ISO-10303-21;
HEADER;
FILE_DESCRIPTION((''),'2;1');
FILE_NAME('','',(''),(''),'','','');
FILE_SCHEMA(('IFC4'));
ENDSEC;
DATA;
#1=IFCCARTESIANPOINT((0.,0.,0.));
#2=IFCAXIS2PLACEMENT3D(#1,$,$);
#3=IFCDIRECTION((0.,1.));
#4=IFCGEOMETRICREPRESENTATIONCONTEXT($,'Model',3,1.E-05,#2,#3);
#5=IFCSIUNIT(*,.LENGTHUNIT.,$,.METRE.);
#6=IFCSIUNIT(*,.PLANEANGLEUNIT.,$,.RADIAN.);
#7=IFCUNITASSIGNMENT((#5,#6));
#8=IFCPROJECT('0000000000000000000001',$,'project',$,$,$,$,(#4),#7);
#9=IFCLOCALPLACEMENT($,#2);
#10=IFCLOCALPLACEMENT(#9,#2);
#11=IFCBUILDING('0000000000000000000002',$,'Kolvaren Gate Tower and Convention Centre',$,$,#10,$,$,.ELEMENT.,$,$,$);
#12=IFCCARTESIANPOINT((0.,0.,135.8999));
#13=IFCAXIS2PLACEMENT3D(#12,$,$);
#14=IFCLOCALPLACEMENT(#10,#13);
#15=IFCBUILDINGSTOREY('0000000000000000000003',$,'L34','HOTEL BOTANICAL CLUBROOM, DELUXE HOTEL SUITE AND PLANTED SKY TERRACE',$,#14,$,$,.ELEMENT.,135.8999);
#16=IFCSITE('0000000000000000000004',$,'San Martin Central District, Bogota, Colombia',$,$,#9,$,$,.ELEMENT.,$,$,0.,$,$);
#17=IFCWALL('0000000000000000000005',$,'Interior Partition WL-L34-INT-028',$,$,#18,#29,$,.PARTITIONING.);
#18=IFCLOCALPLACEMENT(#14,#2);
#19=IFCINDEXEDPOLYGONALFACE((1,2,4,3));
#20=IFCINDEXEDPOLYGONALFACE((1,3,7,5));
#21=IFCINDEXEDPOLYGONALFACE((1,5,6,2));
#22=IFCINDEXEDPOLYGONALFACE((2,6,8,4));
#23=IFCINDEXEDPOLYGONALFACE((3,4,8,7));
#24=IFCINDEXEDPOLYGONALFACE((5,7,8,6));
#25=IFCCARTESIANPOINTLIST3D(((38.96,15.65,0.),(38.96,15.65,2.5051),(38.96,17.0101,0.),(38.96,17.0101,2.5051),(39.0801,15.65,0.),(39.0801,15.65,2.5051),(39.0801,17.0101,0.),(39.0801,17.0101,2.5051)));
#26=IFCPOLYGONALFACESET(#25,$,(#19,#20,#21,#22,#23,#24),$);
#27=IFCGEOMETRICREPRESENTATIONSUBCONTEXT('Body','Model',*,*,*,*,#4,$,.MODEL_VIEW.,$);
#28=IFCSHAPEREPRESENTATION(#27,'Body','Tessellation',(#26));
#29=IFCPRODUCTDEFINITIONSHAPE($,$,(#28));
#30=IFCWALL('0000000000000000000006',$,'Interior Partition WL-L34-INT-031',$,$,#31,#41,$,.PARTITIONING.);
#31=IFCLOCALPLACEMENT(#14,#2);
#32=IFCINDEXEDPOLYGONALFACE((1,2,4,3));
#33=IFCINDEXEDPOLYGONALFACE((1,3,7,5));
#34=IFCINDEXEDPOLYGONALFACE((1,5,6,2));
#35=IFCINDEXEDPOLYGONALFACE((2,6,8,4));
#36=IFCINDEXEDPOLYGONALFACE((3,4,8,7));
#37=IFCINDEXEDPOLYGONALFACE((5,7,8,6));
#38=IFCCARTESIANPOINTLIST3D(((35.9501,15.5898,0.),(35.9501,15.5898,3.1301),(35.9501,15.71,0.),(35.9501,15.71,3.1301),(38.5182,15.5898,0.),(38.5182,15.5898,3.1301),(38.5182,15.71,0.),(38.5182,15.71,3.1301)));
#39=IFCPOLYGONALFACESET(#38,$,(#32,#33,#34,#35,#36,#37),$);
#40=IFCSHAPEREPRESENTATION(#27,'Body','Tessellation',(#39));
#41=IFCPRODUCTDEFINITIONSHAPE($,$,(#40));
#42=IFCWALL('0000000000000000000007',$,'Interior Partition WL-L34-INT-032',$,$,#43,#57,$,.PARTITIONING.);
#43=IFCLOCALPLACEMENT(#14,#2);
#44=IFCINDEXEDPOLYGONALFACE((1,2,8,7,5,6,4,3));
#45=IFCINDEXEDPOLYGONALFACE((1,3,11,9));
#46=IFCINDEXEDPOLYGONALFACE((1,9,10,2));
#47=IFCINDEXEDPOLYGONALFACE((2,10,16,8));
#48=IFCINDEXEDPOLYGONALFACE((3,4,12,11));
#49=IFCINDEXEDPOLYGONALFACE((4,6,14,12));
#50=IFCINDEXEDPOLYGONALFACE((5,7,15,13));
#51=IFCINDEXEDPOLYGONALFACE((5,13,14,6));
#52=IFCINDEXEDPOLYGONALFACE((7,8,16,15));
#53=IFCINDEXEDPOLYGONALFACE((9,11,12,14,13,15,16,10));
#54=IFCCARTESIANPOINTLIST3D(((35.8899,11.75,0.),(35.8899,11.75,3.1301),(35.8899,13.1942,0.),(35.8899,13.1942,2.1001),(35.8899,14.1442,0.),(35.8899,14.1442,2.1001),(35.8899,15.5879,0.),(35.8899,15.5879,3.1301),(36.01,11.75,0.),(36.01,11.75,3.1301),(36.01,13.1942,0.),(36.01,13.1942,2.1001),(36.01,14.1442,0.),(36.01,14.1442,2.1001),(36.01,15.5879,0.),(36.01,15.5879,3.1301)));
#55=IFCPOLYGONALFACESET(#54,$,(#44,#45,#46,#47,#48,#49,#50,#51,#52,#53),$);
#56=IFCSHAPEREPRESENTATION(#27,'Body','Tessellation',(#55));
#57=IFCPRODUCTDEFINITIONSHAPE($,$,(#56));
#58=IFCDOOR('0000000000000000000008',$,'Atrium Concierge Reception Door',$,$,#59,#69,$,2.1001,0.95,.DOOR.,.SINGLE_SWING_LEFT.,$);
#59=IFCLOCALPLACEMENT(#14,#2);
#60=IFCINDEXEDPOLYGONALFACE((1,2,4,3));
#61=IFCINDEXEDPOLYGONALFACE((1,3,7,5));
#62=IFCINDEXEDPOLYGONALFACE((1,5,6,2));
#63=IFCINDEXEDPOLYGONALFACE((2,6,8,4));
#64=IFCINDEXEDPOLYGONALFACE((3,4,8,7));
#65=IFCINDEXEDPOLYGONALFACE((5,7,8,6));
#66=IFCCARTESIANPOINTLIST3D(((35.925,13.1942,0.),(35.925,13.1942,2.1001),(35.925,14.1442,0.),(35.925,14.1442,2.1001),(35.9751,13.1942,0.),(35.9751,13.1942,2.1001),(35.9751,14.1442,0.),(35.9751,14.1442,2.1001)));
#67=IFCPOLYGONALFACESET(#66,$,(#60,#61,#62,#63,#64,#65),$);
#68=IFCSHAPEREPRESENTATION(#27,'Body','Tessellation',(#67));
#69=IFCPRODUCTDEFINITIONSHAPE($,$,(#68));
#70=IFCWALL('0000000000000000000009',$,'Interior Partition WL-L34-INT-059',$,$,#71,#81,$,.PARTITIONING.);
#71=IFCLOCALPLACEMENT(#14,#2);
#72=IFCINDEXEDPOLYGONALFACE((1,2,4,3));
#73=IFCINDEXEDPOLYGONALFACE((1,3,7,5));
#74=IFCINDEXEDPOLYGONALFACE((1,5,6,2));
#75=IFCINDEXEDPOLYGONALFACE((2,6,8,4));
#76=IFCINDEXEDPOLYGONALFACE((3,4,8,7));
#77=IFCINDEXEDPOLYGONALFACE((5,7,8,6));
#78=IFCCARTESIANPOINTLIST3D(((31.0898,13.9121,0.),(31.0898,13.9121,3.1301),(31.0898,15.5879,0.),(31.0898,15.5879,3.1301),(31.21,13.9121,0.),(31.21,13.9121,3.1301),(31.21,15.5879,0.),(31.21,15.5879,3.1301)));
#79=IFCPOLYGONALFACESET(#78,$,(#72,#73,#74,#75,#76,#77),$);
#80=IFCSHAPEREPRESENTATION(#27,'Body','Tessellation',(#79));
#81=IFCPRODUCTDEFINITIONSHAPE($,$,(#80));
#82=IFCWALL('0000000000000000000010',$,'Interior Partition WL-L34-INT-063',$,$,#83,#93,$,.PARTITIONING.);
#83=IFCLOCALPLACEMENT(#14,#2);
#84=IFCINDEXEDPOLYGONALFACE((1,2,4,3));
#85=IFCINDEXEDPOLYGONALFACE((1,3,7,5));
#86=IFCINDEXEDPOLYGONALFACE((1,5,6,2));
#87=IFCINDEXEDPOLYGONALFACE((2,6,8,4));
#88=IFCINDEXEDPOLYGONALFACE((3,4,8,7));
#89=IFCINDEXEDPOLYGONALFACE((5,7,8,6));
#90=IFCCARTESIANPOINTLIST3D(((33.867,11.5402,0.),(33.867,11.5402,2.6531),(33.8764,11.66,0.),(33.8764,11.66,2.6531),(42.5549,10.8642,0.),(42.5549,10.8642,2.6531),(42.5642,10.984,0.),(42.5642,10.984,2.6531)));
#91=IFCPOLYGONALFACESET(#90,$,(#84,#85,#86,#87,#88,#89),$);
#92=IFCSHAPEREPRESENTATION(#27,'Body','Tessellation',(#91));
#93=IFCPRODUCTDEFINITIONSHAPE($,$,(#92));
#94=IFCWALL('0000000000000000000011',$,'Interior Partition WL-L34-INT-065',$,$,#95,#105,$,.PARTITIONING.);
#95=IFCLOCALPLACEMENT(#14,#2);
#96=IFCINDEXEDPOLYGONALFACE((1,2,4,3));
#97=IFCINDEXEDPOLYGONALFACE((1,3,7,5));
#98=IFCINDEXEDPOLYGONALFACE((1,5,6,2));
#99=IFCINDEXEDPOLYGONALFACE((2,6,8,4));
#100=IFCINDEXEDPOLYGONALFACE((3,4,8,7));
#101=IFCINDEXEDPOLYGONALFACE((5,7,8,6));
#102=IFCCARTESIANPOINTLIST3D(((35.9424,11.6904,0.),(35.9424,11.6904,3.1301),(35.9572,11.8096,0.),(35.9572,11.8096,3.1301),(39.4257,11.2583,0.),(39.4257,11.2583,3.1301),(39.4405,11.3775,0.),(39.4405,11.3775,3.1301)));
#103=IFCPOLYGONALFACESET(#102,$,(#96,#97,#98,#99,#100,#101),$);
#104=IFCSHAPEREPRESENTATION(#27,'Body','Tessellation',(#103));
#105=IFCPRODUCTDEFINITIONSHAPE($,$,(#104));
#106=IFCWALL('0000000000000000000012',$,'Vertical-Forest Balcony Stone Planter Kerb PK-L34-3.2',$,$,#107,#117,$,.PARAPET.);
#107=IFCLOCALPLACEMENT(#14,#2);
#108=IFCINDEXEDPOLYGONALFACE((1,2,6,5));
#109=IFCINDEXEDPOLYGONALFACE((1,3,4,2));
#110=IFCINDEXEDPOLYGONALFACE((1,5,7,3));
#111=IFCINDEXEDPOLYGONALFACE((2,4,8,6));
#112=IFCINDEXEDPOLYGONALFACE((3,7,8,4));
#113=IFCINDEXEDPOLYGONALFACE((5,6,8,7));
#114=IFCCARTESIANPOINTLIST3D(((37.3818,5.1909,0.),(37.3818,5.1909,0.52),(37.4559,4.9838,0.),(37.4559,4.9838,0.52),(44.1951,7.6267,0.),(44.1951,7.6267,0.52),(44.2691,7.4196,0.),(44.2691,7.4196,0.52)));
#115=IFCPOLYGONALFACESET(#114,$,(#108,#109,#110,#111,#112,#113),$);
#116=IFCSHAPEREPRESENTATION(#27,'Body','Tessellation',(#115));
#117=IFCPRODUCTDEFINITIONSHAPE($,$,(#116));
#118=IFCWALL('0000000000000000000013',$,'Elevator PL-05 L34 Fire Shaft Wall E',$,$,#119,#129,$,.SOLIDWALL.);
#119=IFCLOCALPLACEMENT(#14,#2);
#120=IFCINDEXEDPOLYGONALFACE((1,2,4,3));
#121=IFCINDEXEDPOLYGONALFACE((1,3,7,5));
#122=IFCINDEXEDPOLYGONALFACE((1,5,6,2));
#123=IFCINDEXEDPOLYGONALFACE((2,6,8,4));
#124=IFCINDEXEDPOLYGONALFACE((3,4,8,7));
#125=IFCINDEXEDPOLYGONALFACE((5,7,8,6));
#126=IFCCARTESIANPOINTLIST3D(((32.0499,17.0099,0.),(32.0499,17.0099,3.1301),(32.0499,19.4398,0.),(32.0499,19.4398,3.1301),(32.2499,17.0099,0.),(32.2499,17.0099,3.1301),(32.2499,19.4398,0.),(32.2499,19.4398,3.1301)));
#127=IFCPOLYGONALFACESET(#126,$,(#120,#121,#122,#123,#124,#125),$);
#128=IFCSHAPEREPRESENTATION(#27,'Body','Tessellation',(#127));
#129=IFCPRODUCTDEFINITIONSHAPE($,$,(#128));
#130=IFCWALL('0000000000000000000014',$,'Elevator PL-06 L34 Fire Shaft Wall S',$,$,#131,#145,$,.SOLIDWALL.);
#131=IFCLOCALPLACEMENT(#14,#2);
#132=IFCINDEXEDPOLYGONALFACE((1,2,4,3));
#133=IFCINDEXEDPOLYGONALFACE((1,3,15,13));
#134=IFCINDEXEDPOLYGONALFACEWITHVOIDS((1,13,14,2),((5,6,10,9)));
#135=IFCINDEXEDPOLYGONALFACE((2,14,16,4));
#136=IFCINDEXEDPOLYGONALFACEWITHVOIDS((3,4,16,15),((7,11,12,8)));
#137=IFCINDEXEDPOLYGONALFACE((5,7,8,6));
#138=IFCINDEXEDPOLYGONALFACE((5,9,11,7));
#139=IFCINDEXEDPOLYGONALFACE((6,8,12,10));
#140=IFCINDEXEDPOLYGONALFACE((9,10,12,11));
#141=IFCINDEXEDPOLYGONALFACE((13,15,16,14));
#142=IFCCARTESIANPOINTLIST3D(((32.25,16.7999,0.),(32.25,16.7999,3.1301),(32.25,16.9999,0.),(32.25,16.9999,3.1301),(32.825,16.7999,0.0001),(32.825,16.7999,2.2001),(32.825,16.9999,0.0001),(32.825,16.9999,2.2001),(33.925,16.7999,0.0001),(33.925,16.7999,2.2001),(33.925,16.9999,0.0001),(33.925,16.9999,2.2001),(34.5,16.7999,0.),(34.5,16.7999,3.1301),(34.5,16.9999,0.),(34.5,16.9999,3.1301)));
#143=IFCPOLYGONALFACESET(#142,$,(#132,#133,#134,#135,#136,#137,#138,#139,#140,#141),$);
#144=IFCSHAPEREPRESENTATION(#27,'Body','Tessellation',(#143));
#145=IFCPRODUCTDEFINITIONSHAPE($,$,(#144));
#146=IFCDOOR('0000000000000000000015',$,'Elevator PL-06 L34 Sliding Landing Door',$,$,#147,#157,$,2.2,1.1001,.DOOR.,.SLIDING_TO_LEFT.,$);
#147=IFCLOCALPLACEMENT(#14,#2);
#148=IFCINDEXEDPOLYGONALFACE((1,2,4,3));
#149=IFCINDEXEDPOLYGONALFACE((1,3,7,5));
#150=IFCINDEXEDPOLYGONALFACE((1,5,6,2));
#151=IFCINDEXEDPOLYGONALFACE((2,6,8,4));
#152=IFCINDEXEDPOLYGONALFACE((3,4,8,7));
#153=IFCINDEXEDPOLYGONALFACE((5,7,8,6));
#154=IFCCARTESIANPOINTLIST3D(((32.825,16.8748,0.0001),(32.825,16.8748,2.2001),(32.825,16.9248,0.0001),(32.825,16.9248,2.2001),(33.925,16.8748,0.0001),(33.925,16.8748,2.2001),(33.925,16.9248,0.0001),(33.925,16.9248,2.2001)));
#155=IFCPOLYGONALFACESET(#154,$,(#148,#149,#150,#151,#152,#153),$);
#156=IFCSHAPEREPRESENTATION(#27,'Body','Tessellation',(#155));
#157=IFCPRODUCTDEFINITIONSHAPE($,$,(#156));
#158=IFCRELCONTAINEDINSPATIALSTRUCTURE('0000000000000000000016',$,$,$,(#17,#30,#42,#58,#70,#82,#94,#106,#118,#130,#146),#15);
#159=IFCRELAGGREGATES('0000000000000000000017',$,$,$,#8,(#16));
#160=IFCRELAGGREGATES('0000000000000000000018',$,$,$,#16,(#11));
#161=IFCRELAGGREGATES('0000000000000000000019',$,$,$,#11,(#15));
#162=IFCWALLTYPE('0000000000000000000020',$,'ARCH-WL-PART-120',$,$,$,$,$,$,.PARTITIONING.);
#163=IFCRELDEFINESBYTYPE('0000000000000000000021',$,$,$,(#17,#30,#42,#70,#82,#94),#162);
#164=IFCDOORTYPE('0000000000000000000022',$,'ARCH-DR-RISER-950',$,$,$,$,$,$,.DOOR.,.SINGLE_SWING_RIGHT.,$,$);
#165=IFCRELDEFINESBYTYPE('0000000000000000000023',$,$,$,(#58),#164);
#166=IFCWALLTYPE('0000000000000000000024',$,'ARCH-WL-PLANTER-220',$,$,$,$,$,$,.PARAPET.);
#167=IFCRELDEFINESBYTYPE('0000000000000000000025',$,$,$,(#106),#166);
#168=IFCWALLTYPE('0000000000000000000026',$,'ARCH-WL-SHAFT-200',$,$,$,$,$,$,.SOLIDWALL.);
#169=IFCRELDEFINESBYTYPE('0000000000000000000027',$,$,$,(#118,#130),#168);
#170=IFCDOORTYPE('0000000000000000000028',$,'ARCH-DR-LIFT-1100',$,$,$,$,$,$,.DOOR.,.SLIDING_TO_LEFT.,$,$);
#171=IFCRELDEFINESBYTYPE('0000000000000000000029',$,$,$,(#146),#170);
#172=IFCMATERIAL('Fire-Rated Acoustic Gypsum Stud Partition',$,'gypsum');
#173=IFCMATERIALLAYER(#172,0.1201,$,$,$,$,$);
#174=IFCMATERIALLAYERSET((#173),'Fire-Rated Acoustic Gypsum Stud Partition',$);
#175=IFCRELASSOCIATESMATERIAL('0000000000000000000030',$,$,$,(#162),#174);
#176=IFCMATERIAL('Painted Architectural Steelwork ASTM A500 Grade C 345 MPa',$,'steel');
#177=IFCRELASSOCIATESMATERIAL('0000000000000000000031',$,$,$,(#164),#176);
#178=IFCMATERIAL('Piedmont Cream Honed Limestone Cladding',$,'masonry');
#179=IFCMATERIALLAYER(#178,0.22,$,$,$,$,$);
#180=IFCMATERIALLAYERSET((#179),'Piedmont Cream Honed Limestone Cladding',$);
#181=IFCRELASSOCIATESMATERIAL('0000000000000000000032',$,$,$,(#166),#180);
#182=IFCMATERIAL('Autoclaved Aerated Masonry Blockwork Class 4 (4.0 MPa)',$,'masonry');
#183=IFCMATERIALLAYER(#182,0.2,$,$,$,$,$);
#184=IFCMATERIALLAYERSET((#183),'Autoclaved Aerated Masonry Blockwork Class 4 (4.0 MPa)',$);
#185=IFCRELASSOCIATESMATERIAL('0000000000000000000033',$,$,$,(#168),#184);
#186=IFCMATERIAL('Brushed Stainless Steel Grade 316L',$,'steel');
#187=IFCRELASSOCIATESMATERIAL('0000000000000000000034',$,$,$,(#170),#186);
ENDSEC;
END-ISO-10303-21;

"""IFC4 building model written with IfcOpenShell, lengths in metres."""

from ifc_helpers import new_model, si_unit, direction, frame, frame_2d, origin, place, context, subcontext, project, spatial, rectangle, extrude, material, layer, layer_set, type_object, element, fill, save


model = new_model("IFC4")

# Units and contexts
model_context = context("Model", 3, precision=1e-05, world=origin(), true_north=direction((0.0, 1.0)))
body_context = subcontext(model_context, "Body", "Model", "MODEL_VIEW")
ifc_project = project(units=[si_unit("LENGTHUNIT", "METRE"), si_unit("PLANEANGLEUNIT", "RADIAN")], contexts=[model_context])

# Site, building, storey
site_placement = place(None, origin())
site = spatial("IfcSite", under=ifc_project, at=site_placement, Name="San Martin Central District, Bogota, Colombia", CompositionType="ELEMENT", RefElevation=0.0)
building_placement = place(site_placement, origin())
building = spatial("IfcBuilding", under=site, at=building_placement, Name="Kolvaren Gate Tower and Convention Centre", CompositionType="ELEMENT")
storey_placement = place(building_placement, frame((0.0, 0.0, 135.8999)))
storey = spatial("IfcBuildingStorey", under=building, at=storey_placement, Name="L34", Description="HOTEL BOTANICAL CLUBROOM, DELUXE HOTEL SUITE AND PLANTED SKY TERRACE", CompositionType="ELEMENT", Elevation=135.8999)

# Walls
ifc_material_1 = material(Name="Fire-Rated Acoustic Gypsum Stud Partition", Category="gypsum")
ifc_layer_1 = layer(ifc_material_1, 0.1201)
ifc_layer_set_1 = layer_set([ifc_layer_1], Name="Fire-Rated Acoustic Gypsum Stud Partition")
wall_type_1 = type_object("IfcWallType", Name="ARCH-WL-PART-120", PredefinedType="PARTITIONING", material=ifc_layer_set_1)
wall_1_placement = place(storey_placement, frame((39.02, 15.6499, 0.0), z_axis=(0.0, 0.0, 1.0), x_axis=(0.0, 1.0, 0.0)))
element("IfcWall", 1, at=wall_1_placement, inside=storey, type_object=wall_type_1, Name="Interior Partition WL-L34-INT-028", PredefinedType="PARTITIONING", context=body_context, shape_type="SweptSolid", body=[
    extrude(rectangle(XDim=1.3601, YDim=0.1201, at=frame_2d((0.6802, 0.0))), origin(), (0.0, 0.0, 1.0), 2.5051),
])
wall_2_placement = place(storey_placement, frame((35.95, 15.6499, 0.0), z_axis=(0.0, 0.0, 1.0), x_axis=(1.0, 0.0, 0.0)))
element("IfcWall", 2, at=wall_2_placement, inside=storey, type_object=wall_type_1, Name="Interior Partition WL-L34-INT-031", PredefinedType="PARTITIONING", context=body_context, shape_type="SweptSolid", body=[
    extrude(rectangle(XDim=2.5681, YDim=0.1201, at=frame_2d((1.2842, 0.0))), origin(), (0.0, 0.0, 1.0), 3.1301),
])

# Wall, opening, door
wall_3_placement = place(storey_placement, frame((35.95, 11.75, 0.0), z_axis=(0.0, 0.0, 1.0), x_axis=(0.0, 1.0, 0.0)))
wall_3 = element("IfcWall", 3, at=wall_3_placement, inside=storey, type_object=wall_type_1, Name="Interior Partition WL-L34-INT-032", PredefinedType="PARTITIONING", context=body_context, shape_type="SweptSolid", body=[
    extrude(rectangle(XDim=3.8379, YDim=0.1201, at=frame_2d((1.9189, 0.0))), origin(), (0.0, 0.0, 1.0), 3.1301),
])
opening_1_placement = place(wall_3_placement, frame((1.4441, 0.0, 0.0)))
opening_1 = element("IfcOpeningElement", 4, at=opening_1_placement, cuts=wall_3, PredefinedType="OPENING", context=body_context, shape_type="SweptSolid", body=[
    extrude(rectangle(XDim=0.95, YDim=2.1001, at=frame_2d((0.4751, 1.05))), frame((0.0, 0.0701, 0.0), z_axis=(0.0, -1.0, 0.0), x_axis=(1.0, 0.0, 0.0)), (0.0, 0.0, 1.0), 0.1401),
])
ifc_material_2 = material(Name="Painted Architectural Steelwork ASTM A500 Grade C 345 MPa", Category="steel")
door_type_1 = type_object("IfcDoorType", Name="ARCH-DR-RISER-950", OperationType="SINGLE_SWING_RIGHT", PredefinedType="DOOR", material=ifc_material_2)
door_1_placement = place(opening_1_placement, origin())
door_1 = element("IfcDoor", 5, at=door_1_placement, inside=storey, type_object=door_type_1, Name="Atrium Concierge Reception Door", OperationType="SINGLE_SWING_LEFT", OverallHeight=2.1001, OverallWidth=0.95, PredefinedType="DOOR", context=body_context, shape_type="SweptSolid", body=[
    extrude(rectangle(XDim=0.95, YDim=2.1001, at=frame_2d((0.4751, 1.05))), frame((0.0, 0.0249, 0.0), z_axis=(0.0, -1.0, 0.0), x_axis=(1.0, 0.0, 0.0)), (0.0, 0.0, 1.0), 0.05),
])
fill(opening_1, door_1)

# Walls
wall_4_placement = place(storey_placement, frame((31.1499, 13.9121, 0.0), z_axis=(0.0, 0.0, 1.0), x_axis=(0.0, 1.0, 0.0)))
element("IfcWall", 6, at=wall_4_placement, inside=storey, type_object=wall_type_1, Name="Interior Partition WL-L34-INT-059", PredefinedType="PARTITIONING", context=body_context, shape_type="SweptSolid", body=[
    extrude(rectangle(XDim=1.6758, YDim=0.1201, at=frame_2d((0.8379, 0.0))), origin(), (0.0, 0.0, 1.0), 3.1301),
])
wall_5_placement = place(storey_placement, frame((33.8718, 11.6001, 0.0), z_axis=(0.0, 0.0, 1.0), x_axis=(0.996986, -0.077579, 0.0)))
element("IfcWall", 7, at=wall_5_placement, inside=storey, type_object=wall_type_1, Name="Interior Partition WL-L34-INT-063", PredefinedType="PARTITIONING", context=body_context, shape_type="SweptSolid", body=[
    extrude(rectangle(XDim=8.7141, YDim=0.1201, at=frame_2d((4.3569, 0.0))), origin(), (0.0, 0.0, 1.0), 2.6531),
])
wall_6_placement = place(storey_placement, frame((35.95, 11.75, 0.0), z_axis=(0.0, 0.0, 1.0), x_axis=(0.992393, -0.12311, 0.0)))
element("IfcWall", 8, at=wall_6_placement, inside=storey, type_object=wall_type_1, Name="Interior Partition WL-L34-INT-065", PredefinedType="PARTITIONING", context=body_context, shape_type="SweptSolid", body=[
    extrude(rectangle(XDim=3.51, YDim=0.1201, at=frame_2d((1.7549, 0.0))), origin(), (0.0, 0.0, 1.0), 3.1301),
])
ifc_material_3 = material(Name="Piedmont Cream Honed Limestone Cladding", Category="masonry")
ifc_layer_2 = layer(ifc_material_3, 0.22)
ifc_layer_set_2 = layer_set([ifc_layer_2], Name="Piedmont Cream Honed Limestone Cladding")
wall_type_2 = type_object("IfcWallType", Name="ARCH-WL-PLANTER-220", PredefinedType="PARAPET", material=ifc_layer_set_2)
wall_7_placement = place(storey_placement, frame((37.4189, 5.0874, 0.0), z_axis=(0.0, 0.0, 1.0), x_axis=(0.941633, 0.336642, 0.0)))
element("IfcWall", 9, at=wall_7_placement, inside=storey, type_object=wall_type_2, Name="Vertical-Forest Balcony Stone Planter Kerb PK-L34-3.2", PredefinedType="PARAPET", context=body_context, shape_type="SweptSolid", body=[
    extrude(rectangle(XDim=7.2356, YDim=0.22, at=frame_2d((3.6177, 0.0))), origin(), (0.0, 0.0, 1.0), 0.52),
])
ifc_material_4 = material(Name="Autoclaved Aerated Masonry Blockwork Class 4 (4.0 MPa)", Category="masonry")
ifc_layer_3 = layer(ifc_material_4, 0.2)
ifc_layer_set_3 = layer_set([ifc_layer_3], Name="Autoclaved Aerated Masonry Blockwork Class 4 (4.0 MPa)")
wall_type_3 = type_object("IfcWallType", Name="ARCH-WL-SHAFT-200", PredefinedType="SOLIDWALL", material=ifc_layer_set_3)
wall_8_placement = place(storey_placement, frame((32.1499, 17.01, 0.0), z_axis=(0.0, 0.0, 1.0), x_axis=(0.0, 1.0, 0.0)))
element("IfcWall", 10, at=wall_8_placement, inside=storey, type_object=wall_type_3, Name="Elevator PL-05 L34 Fire Shaft Wall E", PredefinedType="SOLIDWALL", context=body_context, shape_type="SweptSolid", body=[
    extrude(rectangle(XDim=2.4299, YDim=0.2, at=frame_2d((1.2148, 0.0))), origin(), (0.0, 0.0, 1.0), 3.1301),
])

# Wall, opening, door
wall_9_placement = place(storey_placement, frame((32.25, 16.8999, 0.0), z_axis=(0.0, 0.0, 1.0), x_axis=(1.0, 0.0, 0.0)))
wall_9 = element("IfcWall", 11, at=wall_9_placement, inside=storey, type_object=wall_type_3, Name="Elevator PL-06 L34 Fire Shaft Wall S", PredefinedType="SOLIDWALL", context=body_context, shape_type="SweptSolid", body=[
    extrude(rectangle(XDim=2.25, YDim=0.2, at=frame_2d((1.125, 0.0))), origin(), (0.0, 0.0, 1.0), 3.1301),
])
opening_2_placement = place(wall_9_placement, frame((0.575, 0.0, 0.0)))
opening_2 = element("IfcOpeningElement", 12, at=opening_2_placement, cuts=wall_9, PredefinedType="OPENING", context=body_context, shape_type="SweptSolid", body=[
    extrude(rectangle(XDim=1.1001, YDim=2.2, at=frame_2d((0.55, 1.1001))), frame((0.0, 0.1099, 0.0), z_axis=(0.0, -1.0, 0.0), x_axis=(1.0, 0.0, 0.0)), (0.0, 0.0, 1.0), 0.22),
])
ifc_material_5 = material(Name="Brushed Stainless Steel Grade 316L", Category="steel")
door_type_2 = type_object("IfcDoorType", Name="ARCH-DR-LIFT-1100", OperationType="SLIDING_TO_LEFT", PredefinedType="DOOR", material=ifc_material_5)
door_2_placement = place(opening_2_placement, origin())
door_2 = element("IfcDoor", 13, at=door_2_placement, inside=storey, type_object=door_type_2, Name="Elevator PL-06 L34 Sliding Landing Door", OperationType="SLIDING_TO_LEFT", OverallHeight=2.2, OverallWidth=1.1001, PredefinedType="DOOR", context=body_context, shape_type="SweptSolid", body=[
    extrude(rectangle(XDim=1.1001, YDim=2.2, at=frame_2d((0.55, 1.1001))), frame((0.0, 0.0249, 0.0), z_axis=(0.0, -1.0, 0.0), x_axis=(1.0, 0.0, 0.0)), (0.0, 0.0, 1.0), 0.05),
])
fill(opening_2, door_2)

save(model, "model.ifc")
